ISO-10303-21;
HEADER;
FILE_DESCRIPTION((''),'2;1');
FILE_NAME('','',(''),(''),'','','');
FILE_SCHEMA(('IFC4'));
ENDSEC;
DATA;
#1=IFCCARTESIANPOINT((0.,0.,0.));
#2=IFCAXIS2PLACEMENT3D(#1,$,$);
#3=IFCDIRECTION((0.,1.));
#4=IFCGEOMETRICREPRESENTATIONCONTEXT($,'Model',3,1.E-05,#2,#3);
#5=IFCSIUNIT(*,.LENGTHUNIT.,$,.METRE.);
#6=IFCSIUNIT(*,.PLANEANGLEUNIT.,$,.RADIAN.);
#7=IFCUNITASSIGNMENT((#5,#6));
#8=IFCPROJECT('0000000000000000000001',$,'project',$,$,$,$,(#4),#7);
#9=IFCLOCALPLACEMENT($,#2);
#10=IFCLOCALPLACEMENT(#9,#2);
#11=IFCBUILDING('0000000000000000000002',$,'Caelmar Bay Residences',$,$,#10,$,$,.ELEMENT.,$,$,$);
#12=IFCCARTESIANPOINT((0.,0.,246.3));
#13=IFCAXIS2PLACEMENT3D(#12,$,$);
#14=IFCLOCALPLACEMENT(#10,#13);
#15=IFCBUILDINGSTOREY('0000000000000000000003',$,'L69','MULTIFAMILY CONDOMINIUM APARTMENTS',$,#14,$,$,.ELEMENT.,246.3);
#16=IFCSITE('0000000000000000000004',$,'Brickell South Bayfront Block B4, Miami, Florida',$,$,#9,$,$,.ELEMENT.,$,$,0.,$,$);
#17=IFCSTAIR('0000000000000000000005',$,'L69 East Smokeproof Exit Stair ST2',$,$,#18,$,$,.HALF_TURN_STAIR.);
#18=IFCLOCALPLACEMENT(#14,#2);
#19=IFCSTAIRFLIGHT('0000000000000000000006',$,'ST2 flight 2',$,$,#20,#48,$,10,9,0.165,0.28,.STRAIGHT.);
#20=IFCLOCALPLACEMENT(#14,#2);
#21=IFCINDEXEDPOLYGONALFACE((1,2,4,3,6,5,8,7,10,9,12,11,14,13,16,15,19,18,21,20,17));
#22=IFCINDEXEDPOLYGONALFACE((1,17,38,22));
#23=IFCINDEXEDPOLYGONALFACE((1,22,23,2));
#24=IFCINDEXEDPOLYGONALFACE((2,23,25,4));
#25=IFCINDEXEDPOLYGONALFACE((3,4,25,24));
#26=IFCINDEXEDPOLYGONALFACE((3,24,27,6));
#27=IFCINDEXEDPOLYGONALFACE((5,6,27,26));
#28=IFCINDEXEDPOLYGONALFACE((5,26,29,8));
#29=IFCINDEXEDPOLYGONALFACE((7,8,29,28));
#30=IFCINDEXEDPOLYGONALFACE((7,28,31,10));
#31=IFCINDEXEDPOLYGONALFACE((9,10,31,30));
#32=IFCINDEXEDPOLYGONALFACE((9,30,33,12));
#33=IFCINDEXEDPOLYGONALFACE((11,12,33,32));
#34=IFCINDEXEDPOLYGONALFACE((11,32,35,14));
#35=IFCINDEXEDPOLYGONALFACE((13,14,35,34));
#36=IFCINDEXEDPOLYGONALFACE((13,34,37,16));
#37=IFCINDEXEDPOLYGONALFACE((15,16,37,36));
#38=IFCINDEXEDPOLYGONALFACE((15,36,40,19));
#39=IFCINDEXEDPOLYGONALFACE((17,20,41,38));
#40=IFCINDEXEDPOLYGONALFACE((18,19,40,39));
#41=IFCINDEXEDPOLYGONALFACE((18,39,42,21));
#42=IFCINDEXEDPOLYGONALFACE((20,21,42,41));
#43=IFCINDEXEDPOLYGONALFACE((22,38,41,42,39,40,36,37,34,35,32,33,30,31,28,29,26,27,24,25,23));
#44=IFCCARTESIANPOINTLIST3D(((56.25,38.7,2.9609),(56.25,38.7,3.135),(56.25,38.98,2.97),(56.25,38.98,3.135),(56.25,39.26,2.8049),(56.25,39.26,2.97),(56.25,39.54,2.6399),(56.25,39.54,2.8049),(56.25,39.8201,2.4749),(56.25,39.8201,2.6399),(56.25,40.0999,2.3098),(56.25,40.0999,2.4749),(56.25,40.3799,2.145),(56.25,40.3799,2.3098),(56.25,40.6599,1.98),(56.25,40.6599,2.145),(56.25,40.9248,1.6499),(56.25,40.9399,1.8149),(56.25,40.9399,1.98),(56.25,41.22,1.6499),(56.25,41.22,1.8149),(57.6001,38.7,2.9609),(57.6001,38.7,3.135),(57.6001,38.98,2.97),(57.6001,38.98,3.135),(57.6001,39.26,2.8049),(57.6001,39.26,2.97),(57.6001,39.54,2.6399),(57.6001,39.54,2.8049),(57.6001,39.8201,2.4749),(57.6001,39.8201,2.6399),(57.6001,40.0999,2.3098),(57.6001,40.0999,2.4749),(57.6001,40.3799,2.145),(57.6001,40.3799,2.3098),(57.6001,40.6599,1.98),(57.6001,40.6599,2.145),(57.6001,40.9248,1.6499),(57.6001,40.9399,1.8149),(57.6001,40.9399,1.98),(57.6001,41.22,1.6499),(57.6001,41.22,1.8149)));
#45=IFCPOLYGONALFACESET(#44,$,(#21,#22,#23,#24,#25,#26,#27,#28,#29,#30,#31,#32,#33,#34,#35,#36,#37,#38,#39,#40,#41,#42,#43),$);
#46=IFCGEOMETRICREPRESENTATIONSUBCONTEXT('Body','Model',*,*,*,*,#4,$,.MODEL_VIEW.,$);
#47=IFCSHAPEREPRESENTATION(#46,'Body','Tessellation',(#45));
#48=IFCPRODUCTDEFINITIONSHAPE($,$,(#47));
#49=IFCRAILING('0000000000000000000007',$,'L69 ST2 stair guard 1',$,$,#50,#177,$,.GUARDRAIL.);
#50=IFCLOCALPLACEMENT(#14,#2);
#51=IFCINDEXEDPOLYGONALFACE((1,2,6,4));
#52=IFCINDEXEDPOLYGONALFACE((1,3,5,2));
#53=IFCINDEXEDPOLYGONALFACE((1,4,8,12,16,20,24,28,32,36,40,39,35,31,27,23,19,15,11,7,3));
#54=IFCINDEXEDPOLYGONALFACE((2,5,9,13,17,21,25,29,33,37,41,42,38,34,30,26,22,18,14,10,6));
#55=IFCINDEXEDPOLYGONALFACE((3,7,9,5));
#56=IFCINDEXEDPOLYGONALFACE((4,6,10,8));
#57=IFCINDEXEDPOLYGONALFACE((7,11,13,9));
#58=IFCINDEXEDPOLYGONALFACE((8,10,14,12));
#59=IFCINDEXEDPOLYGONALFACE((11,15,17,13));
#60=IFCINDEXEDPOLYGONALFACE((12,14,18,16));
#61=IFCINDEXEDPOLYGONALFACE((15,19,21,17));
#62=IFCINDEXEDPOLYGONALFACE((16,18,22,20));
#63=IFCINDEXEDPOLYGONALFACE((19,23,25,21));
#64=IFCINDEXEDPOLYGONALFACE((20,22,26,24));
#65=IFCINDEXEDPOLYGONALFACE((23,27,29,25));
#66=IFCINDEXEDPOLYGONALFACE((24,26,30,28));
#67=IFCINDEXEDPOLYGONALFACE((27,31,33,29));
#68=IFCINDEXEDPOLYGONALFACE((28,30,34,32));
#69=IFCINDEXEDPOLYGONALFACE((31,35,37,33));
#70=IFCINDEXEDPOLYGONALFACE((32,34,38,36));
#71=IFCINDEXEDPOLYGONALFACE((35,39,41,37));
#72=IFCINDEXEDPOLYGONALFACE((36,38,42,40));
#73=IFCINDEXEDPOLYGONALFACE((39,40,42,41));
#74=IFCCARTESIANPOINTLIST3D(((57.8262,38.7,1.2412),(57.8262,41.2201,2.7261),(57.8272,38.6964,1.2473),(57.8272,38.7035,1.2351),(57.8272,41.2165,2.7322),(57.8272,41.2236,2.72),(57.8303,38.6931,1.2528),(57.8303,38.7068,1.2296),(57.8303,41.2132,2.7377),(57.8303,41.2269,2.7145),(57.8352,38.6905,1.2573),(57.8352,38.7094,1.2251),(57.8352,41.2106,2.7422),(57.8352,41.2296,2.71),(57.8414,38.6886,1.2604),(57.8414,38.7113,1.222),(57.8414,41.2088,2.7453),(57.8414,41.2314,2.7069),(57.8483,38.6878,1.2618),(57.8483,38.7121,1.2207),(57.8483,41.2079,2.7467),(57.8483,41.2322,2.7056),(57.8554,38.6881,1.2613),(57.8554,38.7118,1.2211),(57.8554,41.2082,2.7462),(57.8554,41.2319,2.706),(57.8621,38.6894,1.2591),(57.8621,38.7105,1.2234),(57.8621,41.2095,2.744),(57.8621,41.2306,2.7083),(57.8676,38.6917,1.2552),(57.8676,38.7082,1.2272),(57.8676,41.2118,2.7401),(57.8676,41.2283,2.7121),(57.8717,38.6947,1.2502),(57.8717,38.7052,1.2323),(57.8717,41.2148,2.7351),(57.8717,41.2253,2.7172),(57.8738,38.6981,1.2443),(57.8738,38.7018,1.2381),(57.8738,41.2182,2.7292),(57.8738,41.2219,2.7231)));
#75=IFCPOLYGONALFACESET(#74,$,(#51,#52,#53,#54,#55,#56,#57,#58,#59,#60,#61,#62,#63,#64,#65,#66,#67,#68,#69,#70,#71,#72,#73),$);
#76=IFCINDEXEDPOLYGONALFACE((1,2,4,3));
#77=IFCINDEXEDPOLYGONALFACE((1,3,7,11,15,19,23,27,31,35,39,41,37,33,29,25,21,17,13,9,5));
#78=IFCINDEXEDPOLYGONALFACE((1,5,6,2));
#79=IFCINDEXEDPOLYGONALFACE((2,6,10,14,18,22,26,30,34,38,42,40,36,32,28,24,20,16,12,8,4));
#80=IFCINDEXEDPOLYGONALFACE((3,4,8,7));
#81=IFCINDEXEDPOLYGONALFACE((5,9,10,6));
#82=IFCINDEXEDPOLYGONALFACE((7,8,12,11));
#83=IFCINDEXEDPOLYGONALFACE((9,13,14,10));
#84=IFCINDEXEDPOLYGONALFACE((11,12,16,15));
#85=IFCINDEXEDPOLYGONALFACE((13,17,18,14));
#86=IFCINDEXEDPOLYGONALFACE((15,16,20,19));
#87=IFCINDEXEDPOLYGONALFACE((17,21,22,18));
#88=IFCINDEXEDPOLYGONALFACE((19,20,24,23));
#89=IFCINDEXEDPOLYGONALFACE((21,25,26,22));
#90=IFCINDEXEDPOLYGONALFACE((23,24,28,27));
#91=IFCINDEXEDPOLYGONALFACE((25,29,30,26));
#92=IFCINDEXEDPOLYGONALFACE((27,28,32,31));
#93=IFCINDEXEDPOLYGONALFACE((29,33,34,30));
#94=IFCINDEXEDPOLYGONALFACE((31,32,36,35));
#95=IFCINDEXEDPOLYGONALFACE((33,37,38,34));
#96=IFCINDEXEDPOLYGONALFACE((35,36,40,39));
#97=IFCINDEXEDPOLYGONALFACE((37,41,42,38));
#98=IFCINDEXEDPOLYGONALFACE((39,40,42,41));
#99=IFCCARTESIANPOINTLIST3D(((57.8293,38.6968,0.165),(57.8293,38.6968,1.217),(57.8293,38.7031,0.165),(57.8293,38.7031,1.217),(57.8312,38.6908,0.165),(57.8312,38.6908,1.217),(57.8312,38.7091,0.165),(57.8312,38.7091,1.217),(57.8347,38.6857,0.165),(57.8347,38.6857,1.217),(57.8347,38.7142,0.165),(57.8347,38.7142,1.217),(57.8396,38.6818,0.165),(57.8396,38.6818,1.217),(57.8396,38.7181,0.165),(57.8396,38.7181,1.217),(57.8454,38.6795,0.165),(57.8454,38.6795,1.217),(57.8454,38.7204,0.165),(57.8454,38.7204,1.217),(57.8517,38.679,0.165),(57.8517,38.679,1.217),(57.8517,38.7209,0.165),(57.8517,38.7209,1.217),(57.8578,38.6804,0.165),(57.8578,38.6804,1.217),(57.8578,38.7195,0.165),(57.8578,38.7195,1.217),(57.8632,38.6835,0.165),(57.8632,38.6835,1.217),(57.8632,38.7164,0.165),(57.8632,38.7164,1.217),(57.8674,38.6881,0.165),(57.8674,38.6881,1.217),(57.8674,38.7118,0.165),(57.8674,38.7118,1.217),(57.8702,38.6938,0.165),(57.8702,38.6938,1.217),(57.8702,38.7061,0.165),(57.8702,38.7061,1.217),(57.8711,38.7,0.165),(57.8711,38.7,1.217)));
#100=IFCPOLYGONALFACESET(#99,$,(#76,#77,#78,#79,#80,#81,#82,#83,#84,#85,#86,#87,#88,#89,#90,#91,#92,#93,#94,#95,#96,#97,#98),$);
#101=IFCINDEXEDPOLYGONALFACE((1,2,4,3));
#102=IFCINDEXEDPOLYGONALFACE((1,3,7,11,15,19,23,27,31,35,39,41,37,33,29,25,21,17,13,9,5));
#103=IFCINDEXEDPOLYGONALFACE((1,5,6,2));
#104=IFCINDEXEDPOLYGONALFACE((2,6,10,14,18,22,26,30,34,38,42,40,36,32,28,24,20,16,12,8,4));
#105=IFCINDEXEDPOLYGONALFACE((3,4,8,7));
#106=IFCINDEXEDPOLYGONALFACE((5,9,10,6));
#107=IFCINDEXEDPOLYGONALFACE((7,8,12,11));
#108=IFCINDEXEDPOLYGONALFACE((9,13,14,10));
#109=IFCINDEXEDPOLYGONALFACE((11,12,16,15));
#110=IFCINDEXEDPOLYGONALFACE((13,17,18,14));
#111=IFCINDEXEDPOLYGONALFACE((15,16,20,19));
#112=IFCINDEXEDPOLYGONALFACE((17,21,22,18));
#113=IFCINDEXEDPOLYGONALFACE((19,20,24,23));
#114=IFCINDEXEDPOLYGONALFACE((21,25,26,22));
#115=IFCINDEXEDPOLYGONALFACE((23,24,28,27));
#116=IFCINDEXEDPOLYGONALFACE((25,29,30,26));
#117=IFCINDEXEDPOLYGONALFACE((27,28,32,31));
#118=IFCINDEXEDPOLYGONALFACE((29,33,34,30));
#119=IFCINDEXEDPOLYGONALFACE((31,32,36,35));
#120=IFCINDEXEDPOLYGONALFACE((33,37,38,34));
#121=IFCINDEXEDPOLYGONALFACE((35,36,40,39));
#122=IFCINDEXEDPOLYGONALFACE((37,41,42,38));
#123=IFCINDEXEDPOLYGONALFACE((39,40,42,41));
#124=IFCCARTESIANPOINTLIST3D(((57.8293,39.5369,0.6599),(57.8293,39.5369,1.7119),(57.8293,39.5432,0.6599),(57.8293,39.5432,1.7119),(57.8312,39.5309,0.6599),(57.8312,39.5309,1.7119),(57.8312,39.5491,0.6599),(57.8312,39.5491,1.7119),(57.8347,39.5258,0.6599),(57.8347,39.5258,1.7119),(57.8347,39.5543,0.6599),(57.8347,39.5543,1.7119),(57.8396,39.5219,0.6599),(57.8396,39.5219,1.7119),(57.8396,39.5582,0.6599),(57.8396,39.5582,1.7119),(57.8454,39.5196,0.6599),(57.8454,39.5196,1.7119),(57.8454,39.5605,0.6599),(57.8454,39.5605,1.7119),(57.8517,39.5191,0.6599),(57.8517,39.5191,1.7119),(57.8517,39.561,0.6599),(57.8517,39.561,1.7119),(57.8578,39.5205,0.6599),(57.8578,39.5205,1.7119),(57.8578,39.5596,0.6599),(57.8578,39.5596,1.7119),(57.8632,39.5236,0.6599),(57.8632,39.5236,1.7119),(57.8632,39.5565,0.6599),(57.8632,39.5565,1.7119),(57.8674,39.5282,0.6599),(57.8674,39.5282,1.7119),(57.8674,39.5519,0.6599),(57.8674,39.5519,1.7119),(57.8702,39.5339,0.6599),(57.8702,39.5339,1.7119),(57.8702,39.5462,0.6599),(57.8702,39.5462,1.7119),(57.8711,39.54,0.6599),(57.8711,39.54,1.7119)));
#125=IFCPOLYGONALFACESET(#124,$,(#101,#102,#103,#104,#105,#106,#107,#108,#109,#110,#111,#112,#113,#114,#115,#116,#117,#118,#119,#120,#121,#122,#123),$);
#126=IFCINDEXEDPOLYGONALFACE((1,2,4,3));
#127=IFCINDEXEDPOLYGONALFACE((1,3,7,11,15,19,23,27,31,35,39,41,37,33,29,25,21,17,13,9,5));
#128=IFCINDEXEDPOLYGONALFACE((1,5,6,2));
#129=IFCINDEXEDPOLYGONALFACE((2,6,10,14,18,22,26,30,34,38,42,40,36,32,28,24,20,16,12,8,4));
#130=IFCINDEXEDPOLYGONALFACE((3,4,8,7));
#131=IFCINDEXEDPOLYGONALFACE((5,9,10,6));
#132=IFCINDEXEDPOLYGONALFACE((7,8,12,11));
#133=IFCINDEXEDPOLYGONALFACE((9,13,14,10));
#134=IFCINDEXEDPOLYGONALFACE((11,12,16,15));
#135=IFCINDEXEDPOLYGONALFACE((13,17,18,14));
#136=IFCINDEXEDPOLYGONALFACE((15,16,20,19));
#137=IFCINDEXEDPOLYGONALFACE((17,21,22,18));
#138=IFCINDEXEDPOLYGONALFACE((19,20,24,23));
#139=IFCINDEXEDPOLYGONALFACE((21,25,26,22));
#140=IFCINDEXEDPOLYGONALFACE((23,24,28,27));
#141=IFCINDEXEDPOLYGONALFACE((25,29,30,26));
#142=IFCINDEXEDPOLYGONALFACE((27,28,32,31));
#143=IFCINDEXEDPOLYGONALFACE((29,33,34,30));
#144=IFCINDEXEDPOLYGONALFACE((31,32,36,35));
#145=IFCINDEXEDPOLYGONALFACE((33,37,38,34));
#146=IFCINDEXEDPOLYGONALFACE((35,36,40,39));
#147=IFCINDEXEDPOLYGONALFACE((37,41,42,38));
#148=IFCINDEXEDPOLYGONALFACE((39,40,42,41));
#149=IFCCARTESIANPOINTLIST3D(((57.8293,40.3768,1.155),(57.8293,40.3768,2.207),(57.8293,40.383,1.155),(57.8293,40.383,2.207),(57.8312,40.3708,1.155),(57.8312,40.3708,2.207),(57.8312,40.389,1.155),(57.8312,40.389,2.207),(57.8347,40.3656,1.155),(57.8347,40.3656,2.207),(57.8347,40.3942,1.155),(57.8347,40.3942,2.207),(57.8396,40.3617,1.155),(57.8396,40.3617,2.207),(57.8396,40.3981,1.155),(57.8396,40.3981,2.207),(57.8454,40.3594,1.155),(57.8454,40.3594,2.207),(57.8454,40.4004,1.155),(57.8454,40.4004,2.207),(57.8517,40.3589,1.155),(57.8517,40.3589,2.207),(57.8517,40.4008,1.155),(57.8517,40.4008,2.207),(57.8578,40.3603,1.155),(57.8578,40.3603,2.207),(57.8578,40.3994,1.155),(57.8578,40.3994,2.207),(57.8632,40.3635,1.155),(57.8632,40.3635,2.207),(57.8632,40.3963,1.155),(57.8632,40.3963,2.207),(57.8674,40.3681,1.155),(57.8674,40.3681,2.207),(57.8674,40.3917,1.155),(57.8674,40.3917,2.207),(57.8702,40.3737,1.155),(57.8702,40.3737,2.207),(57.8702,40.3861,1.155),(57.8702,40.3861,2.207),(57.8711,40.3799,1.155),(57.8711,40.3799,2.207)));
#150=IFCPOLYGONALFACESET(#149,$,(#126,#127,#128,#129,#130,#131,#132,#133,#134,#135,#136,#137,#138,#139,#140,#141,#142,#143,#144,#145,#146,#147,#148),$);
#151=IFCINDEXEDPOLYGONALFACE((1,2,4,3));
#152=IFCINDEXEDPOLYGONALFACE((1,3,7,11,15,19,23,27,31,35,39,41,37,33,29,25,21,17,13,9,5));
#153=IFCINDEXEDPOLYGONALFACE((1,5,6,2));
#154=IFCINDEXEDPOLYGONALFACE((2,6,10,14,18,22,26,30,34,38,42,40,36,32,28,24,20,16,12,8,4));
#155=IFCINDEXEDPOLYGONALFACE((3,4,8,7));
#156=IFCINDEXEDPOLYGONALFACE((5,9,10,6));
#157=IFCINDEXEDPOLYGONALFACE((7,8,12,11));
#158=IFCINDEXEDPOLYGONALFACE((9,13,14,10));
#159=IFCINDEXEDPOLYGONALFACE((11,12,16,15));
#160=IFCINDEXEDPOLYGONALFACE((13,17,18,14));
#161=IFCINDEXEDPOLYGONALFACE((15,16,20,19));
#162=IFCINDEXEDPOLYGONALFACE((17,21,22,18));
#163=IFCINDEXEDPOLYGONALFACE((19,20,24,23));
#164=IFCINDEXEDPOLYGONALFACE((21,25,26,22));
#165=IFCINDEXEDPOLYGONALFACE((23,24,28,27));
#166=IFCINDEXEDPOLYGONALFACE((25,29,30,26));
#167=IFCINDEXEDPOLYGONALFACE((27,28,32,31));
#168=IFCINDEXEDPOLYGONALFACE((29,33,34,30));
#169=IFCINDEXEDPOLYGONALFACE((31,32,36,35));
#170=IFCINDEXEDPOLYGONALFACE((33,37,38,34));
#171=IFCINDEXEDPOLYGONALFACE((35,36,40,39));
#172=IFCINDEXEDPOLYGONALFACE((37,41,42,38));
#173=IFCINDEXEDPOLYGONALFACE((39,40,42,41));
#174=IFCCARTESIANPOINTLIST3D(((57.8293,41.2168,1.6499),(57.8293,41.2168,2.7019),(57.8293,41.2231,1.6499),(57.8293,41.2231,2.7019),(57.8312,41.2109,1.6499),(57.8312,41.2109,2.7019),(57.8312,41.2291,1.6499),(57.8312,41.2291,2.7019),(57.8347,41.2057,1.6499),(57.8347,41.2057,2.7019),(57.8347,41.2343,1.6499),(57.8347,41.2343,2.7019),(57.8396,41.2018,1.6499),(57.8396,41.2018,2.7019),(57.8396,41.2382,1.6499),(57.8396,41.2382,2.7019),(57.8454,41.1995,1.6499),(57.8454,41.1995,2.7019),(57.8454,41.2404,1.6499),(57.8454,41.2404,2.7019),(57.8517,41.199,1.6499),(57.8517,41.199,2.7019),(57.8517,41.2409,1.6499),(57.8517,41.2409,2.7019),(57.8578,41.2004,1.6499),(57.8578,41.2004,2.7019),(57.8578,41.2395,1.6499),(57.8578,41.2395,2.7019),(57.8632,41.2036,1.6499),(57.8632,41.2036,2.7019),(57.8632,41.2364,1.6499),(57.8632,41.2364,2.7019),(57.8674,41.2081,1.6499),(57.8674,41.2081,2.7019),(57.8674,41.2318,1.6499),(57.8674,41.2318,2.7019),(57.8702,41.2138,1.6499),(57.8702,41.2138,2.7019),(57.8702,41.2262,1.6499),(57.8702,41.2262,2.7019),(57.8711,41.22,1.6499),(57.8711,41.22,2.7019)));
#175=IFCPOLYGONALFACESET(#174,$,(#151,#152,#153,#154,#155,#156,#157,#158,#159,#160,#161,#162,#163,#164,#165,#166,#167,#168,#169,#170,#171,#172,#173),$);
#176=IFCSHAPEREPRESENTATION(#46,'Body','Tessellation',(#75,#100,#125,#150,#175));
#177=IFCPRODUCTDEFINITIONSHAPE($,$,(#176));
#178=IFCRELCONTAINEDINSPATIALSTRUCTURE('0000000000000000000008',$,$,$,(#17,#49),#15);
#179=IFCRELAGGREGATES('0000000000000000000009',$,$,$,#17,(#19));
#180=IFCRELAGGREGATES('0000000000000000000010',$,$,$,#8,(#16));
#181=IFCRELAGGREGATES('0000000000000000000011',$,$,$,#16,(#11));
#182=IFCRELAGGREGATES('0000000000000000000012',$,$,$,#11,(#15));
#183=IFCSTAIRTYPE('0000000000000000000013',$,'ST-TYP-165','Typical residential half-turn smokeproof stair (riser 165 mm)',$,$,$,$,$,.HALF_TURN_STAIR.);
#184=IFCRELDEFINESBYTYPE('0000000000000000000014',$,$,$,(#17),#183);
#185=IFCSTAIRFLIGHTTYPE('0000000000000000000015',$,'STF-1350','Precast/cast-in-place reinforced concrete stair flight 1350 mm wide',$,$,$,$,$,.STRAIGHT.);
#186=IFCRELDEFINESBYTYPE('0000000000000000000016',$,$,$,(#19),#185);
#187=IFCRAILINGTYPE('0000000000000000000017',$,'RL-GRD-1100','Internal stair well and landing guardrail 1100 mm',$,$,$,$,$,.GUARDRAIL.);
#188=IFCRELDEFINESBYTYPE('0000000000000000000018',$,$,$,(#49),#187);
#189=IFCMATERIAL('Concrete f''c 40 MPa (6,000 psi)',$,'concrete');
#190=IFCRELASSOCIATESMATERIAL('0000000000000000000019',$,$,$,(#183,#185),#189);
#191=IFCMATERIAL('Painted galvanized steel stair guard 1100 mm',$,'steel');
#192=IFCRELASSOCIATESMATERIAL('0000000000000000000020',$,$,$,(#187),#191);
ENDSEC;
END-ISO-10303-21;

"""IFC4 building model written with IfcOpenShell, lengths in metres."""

from ifc_helpers import new_model, si_unit, direction, frame, origin, origin_2d, place, context, subcontext, project, spatial, polyline, circle, outline, extrude, material, type_object, element, aggregate, save


model = new_model("IFC4")

# Units and contexts
model_context = context("Model", 3, precision=1e-05, world=origin(), true_north=direction((0.0, 1.0)))
body_context = subcontext(model_context, "Body", "Model", "MODEL_VIEW")
ifc_project = project(units=[si_unit("LENGTHUNIT", "METRE"), si_unit("PLANEANGLEUNIT", "RADIAN")], contexts=[model_context])

# Site, building, storey
site_placement = place(None, origin())
site = spatial("IfcSite", under=ifc_project, at=site_placement, Name="Brickell South Bayfront Block B4, Miami, Florida", CompositionType="ELEMENT", RefElevation=0.0)
building_placement = place(site_placement, origin())
building = spatial("IfcBuilding", under=site, at=building_placement, Name="Caelmar Bay Residences", CompositionType="ELEMENT")
storey_placement = place(building_placement, frame((0.0, 0.0, 246.3)))
storey = spatial("IfcBuildingStorey", under=building, at=storey_placement, Name="L69", Description="MULTIFAMILY CONDOMINIUM APARTMENTS", CompositionType="ELEMENT", Elevation=246.3)

# Stair, stair flight
ifc_material_1 = material(Name="Concrete f'c 40 MPa (6,000 psi)", Category="concrete")
stair_type = type_object("IfcStairType", Name="ST-TYP-165", Description="Typical residential half-turn smokeproof stair (riser 165 mm)", PredefinedType="HALF_TURN_STAIR", material=ifc_material_1)
stair_placement = place(storey_placement, origin())
stair = element("IfcStair", 1, at=stair_placement, inside=storey, type_object=stair_type, Name="L69 East Smokeproof Exit Stair ST2", PredefinedType="HALF_TURN_STAIR")
stair_flight_type = type_object("IfcStairFlightType", Name="STF-1350", Description="Precast/cast-in-place reinforced concrete stair flight 1350 mm wide", PredefinedType="STRAIGHT", material=ifc_material_1)
stair_flight_1_placement = place(storey_placement, frame((56.925, 41.22, 1.6499), z_axis=(0.0, 0.0, 1.0), x_axis=(0.0, -1.0, 0.0)))
stair_flight_1 = element("IfcStairFlight", 2, at=stair_flight_1_placement, type_object=stair_flight_type, Name="ST2 flight 2", NumberOfRisers=10, NumberOfTreads=9, PredefinedType="STRAIGHT", RiserHeight=0.165, TreadLength=0.28, context=body_context, shape_type="SweptSolid", body=[
    extrude(outline(polyline([(0.0, 0.0), (0.0, 0.165), (0.28, 0.165), (0.28, 0.3301), (0.5601, 0.3301), (0.5601, 0.4951), (0.8401, 0.4951), (0.8401, 0.6599), (1.1201, 0.6599), (1.1201, 0.825), (1.3999, 0.825), (1.3999, 0.99), (1.6799, 0.99), (1.6799, 1.155), (1.96, 1.155), (1.96, 1.3201), (2.24, 1.3201), (2.24, 1.4851), (2.52, 1.4851), (2.52, 1.6499), (2.52, 1.311), (0.2952, 0.0), (0.0, 0.0)])), frame((0.0, 0.675, 0.0), z_axis=(0.0, -1.0, 0.0), x_axis=(1.0, 0.0, 0.0)), (0.0, 0.0, 1.0), 1.3501),
])
aggregate(stair, [stair_flight_1])

# Railing
ifc_material_2 = material(Name="Painted galvanized steel stair guard 1100 mm", Category="steel")
railing_type_1 = type_object("IfcRailingType", Name="RL-GRD-1100", Description="Internal stair well and landing guardrail 1100 mm", PredefinedType="GUARDRAIL", material=ifc_material_2)
railing_1_placement = place(storey_placement, frame((57.8501, 38.7, 0.165)))
element("IfcRailing", 3, at=railing_1_placement, inside=storey, type_object=railing_type_1, Name="L69 ST2 stair guard 1", PredefinedType="GUARDRAIL", context=body_context, shape_type="SweptSolid", body=[
    extrude(circle(Radius=0.0239, at=origin_2d()), frame((0.0, 0.0, 1.0762), z_axis=(0.0, 0.861561, 0.507655), x_axis=(-1.0, 0.0, 0.0)), (0.0, 0.0, 1.0), 2.925),
    extrude(circle(Radius=0.021, at=origin_2d()), origin(), (0.0, 0.0, 1.0), 1.052),
    extrude(circle(Radius=0.021, at=origin_2d()), frame((0.0, 0.8401, 0.4949)), (0.0, 0.0, 1.0), 1.052),
    extrude(circle(Radius=0.021, at=origin_2d()), frame((0.0, 1.6799, 0.99)), (0.0, 0.0, 1.0), 1.052),
    extrude(circle(Radius=0.021, at=origin_2d()), frame((0.0, 2.52, 1.4849)), (0.0, 0.0, 1.0), 1.052),
])

save(model, "model.ifc")
